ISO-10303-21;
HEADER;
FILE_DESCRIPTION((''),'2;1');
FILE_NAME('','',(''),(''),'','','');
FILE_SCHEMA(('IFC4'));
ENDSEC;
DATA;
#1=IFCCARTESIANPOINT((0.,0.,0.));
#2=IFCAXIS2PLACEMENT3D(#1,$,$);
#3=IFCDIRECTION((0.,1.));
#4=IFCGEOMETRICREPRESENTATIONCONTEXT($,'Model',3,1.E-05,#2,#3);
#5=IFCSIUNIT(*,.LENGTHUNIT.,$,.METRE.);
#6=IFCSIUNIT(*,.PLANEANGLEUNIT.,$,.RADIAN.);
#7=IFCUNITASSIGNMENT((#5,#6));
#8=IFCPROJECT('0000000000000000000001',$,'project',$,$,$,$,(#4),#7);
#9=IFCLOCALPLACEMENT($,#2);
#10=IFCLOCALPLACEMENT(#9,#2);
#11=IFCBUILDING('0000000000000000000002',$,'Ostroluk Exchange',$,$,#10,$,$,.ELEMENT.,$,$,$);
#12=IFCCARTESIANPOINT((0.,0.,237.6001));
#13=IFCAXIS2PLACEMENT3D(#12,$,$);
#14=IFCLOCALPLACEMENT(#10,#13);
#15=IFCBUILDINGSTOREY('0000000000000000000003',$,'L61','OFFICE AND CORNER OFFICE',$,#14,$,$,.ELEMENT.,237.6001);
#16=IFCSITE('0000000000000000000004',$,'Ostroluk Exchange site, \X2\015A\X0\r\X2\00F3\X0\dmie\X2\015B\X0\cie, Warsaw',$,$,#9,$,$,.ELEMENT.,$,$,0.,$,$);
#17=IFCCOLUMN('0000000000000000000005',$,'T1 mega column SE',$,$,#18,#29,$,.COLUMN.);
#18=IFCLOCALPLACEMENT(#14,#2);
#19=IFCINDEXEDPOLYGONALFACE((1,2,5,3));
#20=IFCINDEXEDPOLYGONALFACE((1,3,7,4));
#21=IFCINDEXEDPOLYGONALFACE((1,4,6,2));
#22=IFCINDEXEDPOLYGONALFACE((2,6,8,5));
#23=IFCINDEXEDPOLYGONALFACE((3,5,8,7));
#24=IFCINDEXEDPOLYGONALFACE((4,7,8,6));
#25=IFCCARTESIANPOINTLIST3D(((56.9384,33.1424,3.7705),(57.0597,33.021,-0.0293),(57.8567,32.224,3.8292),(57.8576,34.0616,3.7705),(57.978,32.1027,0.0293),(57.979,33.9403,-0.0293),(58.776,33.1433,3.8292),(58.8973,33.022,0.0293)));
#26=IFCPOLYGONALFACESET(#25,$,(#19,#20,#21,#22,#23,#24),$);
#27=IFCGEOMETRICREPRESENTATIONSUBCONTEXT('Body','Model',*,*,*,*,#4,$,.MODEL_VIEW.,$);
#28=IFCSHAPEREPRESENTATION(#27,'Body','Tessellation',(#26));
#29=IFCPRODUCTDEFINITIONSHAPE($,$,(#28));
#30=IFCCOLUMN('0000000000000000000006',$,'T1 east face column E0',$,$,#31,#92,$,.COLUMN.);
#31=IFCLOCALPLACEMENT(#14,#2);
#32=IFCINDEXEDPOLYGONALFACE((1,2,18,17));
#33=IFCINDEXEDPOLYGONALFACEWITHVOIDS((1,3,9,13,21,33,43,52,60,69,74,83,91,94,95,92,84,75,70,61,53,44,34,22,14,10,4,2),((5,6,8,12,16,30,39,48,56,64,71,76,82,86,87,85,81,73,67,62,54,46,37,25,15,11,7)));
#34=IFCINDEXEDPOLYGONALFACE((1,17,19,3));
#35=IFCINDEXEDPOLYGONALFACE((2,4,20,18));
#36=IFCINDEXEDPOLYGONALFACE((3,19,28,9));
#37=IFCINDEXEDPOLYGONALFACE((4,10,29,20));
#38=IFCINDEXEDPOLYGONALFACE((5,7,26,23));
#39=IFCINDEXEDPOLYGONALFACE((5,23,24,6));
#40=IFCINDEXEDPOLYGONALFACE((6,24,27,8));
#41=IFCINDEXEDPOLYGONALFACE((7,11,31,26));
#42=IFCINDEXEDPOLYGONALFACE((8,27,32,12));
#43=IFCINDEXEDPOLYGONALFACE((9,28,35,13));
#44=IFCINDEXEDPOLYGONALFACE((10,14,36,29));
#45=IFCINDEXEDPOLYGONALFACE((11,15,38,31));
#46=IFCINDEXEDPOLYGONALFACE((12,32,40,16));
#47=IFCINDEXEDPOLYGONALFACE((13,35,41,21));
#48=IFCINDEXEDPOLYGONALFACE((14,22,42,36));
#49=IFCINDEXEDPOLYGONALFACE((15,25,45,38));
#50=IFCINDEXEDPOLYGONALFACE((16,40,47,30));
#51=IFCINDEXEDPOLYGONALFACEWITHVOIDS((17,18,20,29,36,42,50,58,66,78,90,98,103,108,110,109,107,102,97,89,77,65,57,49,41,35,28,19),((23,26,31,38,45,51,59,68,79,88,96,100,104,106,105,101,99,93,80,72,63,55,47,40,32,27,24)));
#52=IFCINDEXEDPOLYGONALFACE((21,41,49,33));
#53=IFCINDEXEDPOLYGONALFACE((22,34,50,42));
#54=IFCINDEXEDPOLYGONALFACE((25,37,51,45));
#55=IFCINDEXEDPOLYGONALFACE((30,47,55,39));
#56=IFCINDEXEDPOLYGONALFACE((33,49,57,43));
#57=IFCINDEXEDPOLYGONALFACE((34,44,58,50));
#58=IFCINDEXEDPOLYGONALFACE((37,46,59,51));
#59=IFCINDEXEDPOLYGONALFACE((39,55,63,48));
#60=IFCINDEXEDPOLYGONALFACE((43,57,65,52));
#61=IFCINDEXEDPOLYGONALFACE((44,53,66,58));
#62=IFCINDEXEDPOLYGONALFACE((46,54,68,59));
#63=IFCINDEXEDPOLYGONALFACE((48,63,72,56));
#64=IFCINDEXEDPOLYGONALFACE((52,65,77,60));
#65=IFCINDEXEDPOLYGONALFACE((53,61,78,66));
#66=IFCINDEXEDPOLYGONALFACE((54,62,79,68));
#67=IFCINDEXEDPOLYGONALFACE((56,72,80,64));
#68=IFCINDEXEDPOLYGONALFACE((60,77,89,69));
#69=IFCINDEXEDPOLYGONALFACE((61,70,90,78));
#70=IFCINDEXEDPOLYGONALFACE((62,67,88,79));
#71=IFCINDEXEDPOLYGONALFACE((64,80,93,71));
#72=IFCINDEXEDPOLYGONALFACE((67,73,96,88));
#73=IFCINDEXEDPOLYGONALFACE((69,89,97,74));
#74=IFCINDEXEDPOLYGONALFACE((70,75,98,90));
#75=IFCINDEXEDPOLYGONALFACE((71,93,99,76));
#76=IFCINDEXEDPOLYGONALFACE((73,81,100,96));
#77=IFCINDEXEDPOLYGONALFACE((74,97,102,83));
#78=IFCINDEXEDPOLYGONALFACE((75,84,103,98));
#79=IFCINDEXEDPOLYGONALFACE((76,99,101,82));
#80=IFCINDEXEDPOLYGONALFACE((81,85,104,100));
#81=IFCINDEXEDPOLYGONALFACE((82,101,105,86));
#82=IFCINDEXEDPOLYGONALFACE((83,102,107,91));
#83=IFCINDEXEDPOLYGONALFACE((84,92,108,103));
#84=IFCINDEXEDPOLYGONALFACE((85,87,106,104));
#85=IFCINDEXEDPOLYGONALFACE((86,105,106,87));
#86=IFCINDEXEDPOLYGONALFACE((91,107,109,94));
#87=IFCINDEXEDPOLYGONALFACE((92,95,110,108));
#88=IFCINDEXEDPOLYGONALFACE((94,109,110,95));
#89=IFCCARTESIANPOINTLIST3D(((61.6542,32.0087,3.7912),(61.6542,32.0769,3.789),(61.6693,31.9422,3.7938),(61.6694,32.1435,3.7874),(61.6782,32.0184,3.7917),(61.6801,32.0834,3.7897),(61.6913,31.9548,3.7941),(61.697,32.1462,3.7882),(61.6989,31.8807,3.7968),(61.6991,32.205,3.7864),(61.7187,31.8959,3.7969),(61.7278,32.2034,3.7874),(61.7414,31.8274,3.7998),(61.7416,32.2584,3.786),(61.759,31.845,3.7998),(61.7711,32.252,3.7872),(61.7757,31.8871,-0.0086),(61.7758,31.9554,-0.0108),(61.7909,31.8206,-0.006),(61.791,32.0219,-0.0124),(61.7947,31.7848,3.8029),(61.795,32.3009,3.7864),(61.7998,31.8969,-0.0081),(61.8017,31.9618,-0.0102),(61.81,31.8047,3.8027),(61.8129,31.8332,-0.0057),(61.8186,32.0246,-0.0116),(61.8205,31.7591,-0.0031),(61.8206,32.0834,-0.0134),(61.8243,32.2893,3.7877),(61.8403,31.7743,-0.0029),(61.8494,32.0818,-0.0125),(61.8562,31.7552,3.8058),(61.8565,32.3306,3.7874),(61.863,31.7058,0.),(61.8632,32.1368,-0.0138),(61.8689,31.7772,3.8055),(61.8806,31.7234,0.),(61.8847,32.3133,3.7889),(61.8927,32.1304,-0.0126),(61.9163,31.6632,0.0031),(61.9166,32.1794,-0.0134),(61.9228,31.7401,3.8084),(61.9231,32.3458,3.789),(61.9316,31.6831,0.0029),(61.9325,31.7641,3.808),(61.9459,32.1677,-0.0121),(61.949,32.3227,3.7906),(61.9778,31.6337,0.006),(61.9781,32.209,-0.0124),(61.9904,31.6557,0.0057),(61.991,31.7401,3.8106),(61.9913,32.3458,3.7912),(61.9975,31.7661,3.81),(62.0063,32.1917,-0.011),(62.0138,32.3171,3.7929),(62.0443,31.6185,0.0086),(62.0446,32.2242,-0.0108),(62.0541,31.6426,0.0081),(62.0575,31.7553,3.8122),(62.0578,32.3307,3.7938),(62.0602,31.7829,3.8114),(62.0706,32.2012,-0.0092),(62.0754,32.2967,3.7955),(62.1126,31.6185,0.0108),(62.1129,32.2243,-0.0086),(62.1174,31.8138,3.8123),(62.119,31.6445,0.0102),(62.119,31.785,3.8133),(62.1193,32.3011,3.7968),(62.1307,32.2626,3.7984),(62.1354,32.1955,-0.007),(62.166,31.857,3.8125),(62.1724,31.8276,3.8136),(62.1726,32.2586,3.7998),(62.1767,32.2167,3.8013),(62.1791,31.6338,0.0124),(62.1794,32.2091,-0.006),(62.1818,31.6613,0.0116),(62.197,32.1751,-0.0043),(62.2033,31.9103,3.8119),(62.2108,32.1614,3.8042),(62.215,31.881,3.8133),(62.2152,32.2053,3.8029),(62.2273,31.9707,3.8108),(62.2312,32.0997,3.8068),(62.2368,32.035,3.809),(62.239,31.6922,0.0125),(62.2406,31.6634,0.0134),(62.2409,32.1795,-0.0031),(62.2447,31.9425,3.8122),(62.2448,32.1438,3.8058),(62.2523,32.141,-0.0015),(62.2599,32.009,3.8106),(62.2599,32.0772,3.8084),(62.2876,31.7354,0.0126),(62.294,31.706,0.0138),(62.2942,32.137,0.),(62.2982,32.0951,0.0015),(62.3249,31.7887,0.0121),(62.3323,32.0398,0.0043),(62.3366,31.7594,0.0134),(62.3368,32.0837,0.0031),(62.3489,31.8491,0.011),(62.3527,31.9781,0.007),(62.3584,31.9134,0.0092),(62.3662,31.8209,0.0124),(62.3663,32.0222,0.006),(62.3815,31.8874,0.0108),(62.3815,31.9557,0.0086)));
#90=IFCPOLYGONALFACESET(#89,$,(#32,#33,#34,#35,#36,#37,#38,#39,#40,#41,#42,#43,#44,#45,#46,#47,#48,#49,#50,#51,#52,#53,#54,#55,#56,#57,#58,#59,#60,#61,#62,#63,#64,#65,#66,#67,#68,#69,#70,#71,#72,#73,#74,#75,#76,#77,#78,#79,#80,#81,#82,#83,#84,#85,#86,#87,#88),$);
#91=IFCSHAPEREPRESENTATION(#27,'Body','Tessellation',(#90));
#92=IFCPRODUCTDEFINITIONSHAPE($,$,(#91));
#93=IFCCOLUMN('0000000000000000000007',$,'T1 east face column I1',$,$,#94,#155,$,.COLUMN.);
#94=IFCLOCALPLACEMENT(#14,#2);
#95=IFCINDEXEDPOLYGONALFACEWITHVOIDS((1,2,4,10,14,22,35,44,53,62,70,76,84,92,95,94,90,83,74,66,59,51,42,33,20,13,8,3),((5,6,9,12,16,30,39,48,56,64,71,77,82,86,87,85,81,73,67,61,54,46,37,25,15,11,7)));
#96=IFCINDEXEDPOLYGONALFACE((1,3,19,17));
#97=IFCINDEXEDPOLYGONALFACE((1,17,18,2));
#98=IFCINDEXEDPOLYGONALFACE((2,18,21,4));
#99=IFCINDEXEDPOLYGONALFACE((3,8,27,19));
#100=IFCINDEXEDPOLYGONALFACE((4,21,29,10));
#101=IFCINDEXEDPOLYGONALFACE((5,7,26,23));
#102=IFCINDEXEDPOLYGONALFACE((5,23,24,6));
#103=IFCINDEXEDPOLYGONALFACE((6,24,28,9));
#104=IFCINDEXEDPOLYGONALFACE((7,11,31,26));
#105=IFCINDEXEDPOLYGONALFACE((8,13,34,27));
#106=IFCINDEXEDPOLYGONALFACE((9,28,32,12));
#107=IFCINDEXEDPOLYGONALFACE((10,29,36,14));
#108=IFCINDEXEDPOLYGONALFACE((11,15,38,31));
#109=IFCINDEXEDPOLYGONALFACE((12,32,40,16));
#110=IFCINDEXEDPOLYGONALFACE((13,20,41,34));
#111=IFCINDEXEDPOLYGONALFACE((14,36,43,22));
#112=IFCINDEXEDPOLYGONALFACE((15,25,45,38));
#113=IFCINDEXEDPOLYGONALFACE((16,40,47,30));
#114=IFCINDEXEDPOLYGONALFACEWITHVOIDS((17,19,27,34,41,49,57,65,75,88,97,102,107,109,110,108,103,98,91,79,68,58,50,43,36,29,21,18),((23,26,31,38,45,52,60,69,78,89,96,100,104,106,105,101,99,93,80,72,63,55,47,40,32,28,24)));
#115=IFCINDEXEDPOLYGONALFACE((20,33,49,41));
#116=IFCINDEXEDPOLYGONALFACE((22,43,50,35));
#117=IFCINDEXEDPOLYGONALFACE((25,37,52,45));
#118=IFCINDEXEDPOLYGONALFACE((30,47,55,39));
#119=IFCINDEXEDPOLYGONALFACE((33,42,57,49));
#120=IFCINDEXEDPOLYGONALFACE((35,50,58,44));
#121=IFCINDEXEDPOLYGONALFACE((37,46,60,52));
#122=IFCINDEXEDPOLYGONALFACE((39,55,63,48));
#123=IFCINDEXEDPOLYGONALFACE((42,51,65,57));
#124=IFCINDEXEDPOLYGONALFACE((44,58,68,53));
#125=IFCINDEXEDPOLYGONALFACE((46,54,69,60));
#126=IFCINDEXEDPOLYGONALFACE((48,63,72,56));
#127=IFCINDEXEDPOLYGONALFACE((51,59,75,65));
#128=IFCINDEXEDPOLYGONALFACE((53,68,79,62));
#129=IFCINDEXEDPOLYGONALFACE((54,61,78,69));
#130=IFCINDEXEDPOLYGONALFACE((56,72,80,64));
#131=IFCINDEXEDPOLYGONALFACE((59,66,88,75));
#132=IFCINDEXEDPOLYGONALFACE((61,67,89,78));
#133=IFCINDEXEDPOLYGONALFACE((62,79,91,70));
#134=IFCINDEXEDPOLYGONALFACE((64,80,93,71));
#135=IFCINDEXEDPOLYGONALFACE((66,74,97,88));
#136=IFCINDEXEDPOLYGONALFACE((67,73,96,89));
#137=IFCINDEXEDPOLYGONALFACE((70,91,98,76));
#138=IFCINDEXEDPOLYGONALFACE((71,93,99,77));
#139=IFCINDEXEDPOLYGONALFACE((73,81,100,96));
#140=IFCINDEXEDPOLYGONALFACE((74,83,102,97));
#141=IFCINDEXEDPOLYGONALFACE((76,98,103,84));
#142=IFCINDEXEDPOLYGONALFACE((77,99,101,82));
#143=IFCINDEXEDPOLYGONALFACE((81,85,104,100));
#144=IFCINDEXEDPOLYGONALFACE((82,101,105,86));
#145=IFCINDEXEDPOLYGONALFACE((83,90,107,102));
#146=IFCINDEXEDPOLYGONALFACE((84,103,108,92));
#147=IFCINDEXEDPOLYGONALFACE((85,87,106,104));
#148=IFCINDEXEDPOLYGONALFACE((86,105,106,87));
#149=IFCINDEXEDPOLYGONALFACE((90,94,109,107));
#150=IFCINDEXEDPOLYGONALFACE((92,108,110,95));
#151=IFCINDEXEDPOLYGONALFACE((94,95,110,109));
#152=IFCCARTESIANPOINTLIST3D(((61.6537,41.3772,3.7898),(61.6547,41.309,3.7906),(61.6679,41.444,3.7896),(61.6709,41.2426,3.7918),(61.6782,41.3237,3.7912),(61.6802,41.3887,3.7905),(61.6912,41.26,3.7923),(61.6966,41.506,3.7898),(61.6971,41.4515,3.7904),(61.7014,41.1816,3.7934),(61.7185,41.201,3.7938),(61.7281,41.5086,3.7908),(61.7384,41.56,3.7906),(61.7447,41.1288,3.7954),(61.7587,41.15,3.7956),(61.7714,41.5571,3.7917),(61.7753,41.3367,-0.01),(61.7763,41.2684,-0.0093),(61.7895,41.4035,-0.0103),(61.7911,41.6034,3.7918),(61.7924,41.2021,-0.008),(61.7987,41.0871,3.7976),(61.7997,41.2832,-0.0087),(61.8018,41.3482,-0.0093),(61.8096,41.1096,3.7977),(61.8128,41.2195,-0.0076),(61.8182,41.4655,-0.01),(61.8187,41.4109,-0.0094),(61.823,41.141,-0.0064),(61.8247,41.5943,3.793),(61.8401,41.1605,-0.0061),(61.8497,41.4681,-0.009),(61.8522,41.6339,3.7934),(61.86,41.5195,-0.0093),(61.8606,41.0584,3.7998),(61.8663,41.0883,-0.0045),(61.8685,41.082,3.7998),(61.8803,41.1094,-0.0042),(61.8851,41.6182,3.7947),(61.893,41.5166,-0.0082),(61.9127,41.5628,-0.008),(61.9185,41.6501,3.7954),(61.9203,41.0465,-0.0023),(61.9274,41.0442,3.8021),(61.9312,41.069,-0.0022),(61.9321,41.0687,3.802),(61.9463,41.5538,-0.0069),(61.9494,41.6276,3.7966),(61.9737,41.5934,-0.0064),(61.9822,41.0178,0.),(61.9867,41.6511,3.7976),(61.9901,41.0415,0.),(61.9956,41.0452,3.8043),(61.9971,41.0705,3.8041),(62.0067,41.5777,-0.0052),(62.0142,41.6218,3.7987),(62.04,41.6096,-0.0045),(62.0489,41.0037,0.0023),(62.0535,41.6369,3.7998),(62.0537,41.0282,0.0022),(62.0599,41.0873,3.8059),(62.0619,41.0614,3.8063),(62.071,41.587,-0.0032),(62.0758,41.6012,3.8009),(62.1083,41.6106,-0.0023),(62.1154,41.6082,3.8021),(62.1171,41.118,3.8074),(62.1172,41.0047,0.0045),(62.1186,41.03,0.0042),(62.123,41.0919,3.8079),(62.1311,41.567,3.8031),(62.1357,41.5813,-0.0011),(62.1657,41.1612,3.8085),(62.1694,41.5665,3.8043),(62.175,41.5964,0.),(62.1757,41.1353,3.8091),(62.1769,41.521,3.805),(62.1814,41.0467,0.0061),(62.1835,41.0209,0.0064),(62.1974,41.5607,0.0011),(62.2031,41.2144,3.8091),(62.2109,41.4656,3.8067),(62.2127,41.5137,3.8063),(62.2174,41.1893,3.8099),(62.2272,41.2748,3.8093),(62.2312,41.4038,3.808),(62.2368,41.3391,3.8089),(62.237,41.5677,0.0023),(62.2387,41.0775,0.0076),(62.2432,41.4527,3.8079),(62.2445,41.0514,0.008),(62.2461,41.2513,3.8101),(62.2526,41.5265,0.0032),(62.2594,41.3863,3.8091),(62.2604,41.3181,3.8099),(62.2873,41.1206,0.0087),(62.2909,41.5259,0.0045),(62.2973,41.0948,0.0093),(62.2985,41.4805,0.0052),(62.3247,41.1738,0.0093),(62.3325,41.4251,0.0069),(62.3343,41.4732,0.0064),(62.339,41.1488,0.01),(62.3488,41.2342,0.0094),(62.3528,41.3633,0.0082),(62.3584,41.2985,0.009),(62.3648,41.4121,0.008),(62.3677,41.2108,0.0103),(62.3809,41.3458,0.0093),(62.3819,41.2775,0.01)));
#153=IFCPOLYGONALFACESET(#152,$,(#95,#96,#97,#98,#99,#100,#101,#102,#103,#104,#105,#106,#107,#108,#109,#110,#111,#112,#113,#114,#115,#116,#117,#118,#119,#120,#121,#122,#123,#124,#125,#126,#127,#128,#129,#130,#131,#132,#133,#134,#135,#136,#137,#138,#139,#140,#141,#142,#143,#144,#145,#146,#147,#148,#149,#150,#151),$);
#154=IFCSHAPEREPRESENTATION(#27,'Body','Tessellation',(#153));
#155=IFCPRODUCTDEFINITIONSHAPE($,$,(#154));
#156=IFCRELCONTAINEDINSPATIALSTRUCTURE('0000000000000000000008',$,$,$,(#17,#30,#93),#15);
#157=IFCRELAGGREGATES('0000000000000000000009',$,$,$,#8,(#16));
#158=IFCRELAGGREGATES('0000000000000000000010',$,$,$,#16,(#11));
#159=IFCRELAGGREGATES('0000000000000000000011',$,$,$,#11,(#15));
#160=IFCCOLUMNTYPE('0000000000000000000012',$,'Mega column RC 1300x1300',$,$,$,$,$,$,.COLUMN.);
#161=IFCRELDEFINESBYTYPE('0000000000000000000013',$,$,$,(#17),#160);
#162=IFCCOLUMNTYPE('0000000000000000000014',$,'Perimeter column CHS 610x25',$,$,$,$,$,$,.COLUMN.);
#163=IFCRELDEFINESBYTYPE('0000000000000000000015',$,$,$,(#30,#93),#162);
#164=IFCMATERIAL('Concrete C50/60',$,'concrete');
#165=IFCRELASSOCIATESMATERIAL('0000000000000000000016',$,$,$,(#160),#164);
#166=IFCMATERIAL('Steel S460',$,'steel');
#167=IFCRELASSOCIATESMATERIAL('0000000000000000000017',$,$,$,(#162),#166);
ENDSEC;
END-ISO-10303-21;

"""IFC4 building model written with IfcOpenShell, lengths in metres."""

from ifc_helpers import new_model, si_unit, direction, frame, origin, origin_2d, place, context, subcontext, project, spatial, rectangle, hollow_circle, extrude, material, material_profile, profile_set, type_object, element, save


model = new_model("IFC4")

# Units and contexts
model_context = context("Model", 3, precision=1e-05, world=origin(), true_north=direction((0.0, 1.0)))
body_context = subcontext(model_context, "Body", "Model", "MODEL_VIEW")
ifc_project = project(units=[si_unit("LENGTHUNIT", "METRE"), si_unit("PLANEANGLEUNIT", "RADIAN")], contexts=[model_context])

# Site, building, storey
site_placement = place(None, origin())
site = spatial("IfcSite", under=ifc_project, at=site_placement, Name="Ostroluk Exchange site, Śródmieście, Warsaw", CompositionType="ELEMENT", RefElevation=0.0)
building_placement = place(site_placement, origin())
building = spatial("IfcBuilding", under=site, at=building_placement, Name="Ostroluk Exchange", CompositionType="ELEMENT")
storey_placement = place(building_placement, frame((0.0, 0.0, 237.6001)))
storey = spatial("IfcBuildingStorey", under=building, at=storey_placement, Name="L61", Description="OFFICE AND CORNER OFFICE", CompositionType="ELEMENT", Elevation=237.6001)

# Columns
ifc_material_1 = material(Name="Concrete C50/60", Category="concrete")
ifc_material_profile_1 = material_profile(ifc_material_1, rectangle(XDim=1.3, YDim=1.3, at=origin_2d()), Name="RC 1300x1300")
ifc_profile_set_1 = profile_set([ifc_material_profile_1], Name="Concrete C50/60")
column_type_1 = type_object("IfcColumnType", Name="Mega column RC 1300x1300", PredefinedType="COLUMN", material=ifc_profile_set_1)
column_1_placement = place(storey_placement, frame((57.9785, 33.0215, 0.0), z_axis=(-0.0319, 0.0319, 0.998982), x_axis=(-0.707107, -0.707107, 0.0)))
element("IfcColumn", 1, at=column_1_placement, inside=storey, type_object=column_type_1, Name="T1 mega column SE", PredefinedType="COLUMN", context=body_context, shape_type="SweptSolid", body=[
    extrude(rectangle(XDim=1.3, YDim=1.3, at=origin_2d()), origin(), (0.0, 0.0, 1.0), 3.8037),
])
ifc_material_2 = material(Name="Steel S460", Category="steel")
ifc_material_profile_2 = material_profile(ifc_material_2, hollow_circle(Radius=0.3049, WallThickness=0.0249, at=origin_2d()), Name="CHS 610x25")
ifc_profile_set_2 = profile_set([ifc_material_profile_2], Name="Steel S460")
column_type_2 = type_object("IfcColumnType", Name="Perimeter column CHS 610x25", PredefinedType="COLUMN", material=ifc_profile_set_2)
column_2_placement = place(storey_placement, frame((62.0786, 31.9214, 0.0), z_axis=(-0.031964, 0.031964, 0.998978), x_axis=(-0.707107, -0.707107, 0.0)))
element("IfcColumn", 2, at=column_2_placement, inside=storey, type_object=column_type_2, Name="T1 east face column E0", PredefinedType="COLUMN", context=body_context, shape_type="SweptSolid", body=[
    extrude(hollow_circle(Radius=0.3049, WallThickness=0.0249, at=origin_2d()), origin(), (0.0, 0.0, 1.0), 3.8037),
])
column_3_placement = place(storey_placement, frame((62.0786, 41.3071, 0.0), z_axis=(-0.031979, 0.01066, 0.999432), x_axis=(-0.316228, -0.948683, 0.0)))
element("IfcColumn", 3, at=column_3_placement, inside=storey, type_object=column_type_2, Name="T1 east face column I1", PredefinedType="COLUMN", context=body_context, shape_type="SweptSolid", body=[
    extrude(hollow_circle(Radius=0.3049, WallThickness=0.0249, at=origin_2d()), origin(), (0.0, 0.0, 1.0), 3.802),
])

save(model, "model.ifc")
